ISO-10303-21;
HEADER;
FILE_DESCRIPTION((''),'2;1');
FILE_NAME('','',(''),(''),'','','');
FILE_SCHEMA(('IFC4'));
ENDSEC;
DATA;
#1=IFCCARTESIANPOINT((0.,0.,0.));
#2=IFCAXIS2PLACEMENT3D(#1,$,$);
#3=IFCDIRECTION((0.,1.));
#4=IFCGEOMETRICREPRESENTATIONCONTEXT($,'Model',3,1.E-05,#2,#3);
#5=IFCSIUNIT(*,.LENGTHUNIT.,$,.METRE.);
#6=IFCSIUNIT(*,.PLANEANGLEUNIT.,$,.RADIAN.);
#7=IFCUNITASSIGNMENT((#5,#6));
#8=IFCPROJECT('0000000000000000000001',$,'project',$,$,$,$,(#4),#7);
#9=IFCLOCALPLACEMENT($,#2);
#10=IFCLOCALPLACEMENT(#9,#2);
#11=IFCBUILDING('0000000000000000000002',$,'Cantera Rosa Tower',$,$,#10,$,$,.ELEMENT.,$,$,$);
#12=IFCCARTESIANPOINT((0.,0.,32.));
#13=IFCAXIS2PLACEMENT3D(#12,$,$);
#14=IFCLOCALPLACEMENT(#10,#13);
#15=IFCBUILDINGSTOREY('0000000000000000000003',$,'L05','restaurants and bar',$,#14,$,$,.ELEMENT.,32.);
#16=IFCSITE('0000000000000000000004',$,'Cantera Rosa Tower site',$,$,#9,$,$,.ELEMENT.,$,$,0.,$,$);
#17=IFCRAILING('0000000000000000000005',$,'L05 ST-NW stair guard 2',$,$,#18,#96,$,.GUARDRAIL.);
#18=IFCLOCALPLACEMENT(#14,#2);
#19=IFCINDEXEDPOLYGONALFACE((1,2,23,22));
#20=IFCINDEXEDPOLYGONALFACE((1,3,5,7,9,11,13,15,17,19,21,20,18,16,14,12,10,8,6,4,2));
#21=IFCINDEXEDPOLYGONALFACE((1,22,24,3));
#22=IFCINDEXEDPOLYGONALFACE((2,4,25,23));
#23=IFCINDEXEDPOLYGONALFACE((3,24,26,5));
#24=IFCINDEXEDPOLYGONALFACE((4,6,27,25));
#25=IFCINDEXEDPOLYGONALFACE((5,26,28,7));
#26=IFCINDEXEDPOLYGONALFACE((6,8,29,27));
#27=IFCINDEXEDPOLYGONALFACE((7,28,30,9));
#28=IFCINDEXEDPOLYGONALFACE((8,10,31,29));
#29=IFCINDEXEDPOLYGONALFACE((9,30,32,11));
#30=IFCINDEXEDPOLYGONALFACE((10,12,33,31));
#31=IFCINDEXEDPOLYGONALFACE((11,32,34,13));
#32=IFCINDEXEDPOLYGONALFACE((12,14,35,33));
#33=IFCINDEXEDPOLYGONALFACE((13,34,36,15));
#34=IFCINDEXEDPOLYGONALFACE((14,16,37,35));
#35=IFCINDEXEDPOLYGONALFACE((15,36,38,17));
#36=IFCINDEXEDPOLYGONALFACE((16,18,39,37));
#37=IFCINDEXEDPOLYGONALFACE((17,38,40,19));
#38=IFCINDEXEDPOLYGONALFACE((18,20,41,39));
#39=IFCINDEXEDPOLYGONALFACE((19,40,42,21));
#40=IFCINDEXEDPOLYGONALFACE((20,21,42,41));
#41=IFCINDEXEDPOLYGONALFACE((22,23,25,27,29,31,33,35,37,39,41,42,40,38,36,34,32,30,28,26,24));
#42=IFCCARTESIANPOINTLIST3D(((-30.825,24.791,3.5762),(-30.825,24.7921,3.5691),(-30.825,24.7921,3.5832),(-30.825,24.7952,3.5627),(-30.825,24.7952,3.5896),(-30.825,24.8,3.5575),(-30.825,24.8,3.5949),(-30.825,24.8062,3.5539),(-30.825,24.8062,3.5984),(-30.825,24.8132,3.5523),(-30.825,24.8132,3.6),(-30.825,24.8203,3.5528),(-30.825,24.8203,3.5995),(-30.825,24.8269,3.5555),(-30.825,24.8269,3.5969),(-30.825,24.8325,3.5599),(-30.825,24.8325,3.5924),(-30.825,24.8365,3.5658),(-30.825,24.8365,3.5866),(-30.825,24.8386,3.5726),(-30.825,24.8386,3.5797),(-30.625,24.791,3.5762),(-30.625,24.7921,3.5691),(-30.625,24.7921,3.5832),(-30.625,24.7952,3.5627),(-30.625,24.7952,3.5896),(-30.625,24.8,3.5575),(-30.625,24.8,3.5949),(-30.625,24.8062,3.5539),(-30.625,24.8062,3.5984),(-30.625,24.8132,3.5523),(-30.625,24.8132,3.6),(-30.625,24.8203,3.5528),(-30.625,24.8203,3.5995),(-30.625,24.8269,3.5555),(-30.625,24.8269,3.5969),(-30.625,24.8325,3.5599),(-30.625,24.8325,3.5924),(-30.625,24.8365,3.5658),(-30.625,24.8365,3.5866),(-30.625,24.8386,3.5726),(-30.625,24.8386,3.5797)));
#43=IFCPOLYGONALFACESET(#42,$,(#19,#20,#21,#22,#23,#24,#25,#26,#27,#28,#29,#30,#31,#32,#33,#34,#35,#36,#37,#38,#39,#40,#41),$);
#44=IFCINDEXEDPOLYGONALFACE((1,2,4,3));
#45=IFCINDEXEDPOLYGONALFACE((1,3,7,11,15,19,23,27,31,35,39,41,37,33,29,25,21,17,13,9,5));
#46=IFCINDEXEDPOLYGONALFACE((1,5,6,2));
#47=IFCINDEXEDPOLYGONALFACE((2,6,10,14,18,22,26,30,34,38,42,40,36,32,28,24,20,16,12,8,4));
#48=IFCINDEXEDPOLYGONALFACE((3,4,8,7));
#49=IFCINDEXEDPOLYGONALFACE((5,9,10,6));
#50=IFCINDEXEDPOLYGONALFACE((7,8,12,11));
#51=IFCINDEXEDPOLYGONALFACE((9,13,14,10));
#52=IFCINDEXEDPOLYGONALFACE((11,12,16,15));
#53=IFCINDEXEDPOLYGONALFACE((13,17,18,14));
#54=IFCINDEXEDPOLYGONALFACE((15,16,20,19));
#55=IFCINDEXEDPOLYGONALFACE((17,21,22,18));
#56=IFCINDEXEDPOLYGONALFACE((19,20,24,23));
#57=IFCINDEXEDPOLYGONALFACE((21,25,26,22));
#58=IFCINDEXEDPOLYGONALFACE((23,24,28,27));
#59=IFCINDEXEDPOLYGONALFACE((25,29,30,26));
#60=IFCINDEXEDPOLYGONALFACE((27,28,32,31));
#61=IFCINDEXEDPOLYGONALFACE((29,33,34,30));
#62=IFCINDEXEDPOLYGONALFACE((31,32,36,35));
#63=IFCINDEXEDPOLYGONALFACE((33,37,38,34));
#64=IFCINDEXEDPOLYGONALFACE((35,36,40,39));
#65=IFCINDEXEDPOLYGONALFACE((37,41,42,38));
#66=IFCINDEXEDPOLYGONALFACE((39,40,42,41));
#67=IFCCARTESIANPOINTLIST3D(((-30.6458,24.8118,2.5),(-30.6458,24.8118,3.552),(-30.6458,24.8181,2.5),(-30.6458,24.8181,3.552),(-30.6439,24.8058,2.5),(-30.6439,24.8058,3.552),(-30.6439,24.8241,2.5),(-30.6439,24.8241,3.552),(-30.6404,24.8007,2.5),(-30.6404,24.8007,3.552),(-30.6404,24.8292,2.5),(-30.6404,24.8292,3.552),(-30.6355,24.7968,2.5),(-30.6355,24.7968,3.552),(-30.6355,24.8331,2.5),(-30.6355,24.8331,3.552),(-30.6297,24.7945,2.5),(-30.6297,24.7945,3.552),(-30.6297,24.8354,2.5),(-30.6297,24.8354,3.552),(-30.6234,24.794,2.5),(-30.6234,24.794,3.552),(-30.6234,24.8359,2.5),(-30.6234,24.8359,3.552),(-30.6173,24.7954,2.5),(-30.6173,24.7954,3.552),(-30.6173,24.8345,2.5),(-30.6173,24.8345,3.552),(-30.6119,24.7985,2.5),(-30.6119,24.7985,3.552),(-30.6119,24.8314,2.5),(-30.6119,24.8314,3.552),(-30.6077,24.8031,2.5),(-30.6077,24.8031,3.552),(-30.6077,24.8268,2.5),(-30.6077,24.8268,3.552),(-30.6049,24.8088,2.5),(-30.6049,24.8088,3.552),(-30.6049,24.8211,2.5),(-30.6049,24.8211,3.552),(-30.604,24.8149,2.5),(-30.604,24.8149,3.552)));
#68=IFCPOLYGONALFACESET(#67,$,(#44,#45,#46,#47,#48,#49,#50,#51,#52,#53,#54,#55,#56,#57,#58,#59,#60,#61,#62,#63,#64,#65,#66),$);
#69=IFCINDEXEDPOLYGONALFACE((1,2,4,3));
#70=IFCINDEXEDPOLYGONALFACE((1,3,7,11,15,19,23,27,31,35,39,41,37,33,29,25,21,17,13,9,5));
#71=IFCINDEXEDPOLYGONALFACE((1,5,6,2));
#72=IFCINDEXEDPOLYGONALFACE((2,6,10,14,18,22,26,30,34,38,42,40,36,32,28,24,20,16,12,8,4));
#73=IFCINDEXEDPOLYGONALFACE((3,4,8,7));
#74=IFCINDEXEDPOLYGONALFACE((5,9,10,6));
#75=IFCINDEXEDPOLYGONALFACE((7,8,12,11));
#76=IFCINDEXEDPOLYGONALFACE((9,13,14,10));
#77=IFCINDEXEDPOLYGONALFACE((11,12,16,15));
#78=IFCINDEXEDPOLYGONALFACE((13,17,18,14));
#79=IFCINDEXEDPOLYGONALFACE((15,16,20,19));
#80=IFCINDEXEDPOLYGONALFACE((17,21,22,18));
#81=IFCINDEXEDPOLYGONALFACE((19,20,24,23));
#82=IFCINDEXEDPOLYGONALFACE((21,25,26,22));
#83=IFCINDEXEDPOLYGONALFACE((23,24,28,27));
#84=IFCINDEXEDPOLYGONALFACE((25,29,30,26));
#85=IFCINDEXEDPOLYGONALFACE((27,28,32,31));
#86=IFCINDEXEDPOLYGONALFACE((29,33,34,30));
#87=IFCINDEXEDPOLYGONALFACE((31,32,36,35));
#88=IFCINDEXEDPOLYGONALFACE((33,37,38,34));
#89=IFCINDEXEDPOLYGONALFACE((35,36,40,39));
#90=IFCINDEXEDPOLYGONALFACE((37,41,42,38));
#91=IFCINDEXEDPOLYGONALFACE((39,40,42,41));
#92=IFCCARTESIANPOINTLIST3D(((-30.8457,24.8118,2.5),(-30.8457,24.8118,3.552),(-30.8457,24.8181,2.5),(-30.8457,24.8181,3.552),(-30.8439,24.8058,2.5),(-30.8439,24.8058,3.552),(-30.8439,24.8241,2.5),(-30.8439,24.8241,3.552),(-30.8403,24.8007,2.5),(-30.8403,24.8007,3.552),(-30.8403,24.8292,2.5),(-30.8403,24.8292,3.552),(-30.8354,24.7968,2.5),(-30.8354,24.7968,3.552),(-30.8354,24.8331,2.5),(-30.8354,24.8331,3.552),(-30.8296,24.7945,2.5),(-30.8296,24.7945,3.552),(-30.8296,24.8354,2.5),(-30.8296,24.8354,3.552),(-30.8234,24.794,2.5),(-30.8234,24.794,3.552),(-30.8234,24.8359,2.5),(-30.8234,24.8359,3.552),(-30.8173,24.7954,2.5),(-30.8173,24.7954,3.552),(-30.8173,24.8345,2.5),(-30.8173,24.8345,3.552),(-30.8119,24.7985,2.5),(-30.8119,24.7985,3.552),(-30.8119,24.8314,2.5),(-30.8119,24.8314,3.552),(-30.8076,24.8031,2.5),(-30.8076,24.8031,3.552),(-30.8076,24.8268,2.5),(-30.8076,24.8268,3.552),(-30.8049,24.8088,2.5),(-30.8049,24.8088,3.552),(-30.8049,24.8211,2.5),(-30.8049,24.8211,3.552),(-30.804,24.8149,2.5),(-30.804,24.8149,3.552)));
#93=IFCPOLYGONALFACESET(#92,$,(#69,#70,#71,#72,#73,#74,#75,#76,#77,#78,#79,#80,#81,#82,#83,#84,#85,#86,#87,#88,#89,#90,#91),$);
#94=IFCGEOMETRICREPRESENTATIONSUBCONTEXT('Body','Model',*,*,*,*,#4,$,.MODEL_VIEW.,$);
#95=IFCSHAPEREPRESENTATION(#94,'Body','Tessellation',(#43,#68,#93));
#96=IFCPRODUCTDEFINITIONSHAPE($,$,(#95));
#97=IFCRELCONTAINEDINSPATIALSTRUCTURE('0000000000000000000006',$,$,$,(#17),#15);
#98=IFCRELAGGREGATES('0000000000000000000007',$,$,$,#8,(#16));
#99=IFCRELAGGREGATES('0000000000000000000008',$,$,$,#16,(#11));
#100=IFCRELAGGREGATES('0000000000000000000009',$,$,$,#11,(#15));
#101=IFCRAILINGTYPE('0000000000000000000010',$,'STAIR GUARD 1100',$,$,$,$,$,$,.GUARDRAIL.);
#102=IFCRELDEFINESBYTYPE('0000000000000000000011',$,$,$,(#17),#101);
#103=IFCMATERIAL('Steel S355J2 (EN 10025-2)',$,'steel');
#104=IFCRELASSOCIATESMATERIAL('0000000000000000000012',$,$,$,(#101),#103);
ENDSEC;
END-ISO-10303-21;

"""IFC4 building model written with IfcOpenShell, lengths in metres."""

from ifc_helpers import new_model, si_unit, direction, frame, origin, origin_2d, place, context, subcontext, project, spatial, circle, extrude, material, type_object, element, save


model = new_model("IFC4")

# Units and contexts
model_context = context("Model", 3, precision=1e-05, world=origin(), true_north=direction((0.0, 1.0)))
body_context = subcontext(model_context, "Body", "Model", "MODEL_VIEW")
ifc_project = project(units=[si_unit("LENGTHUNIT", "METRE"), si_unit("PLANEANGLEUNIT", "RADIAN")], contexts=[model_context])

# Site, building, storey
site_placement = place(None, origin())
site = spatial("IfcSite", under=ifc_project, at=site_placement, Name="Cantera Rosa Tower site", CompositionType="ELEMENT", RefElevation=0.0)
building_placement = place(site_placement, origin())
building = spatial("IfcBuilding", under=site, at=building_placement, Name="Cantera Rosa Tower", CompositionType="ELEMENT")
storey_placement = place(building_placement, frame((0.0, 0.0, 32.0)))
storey = spatial("IfcBuildingStorey", under=building, at=storey_placement, Name="L05", Description="restaurants and bar", CompositionType="ELEMENT", Elevation=32.0)

# Railing
ifc_material_1 = material(Name="Steel S355J2 (EN 10025-2)", Category="steel")
railing_type_1 = type_object("IfcRailingType", Name="STAIR GUARD 1100", PredefinedType="GUARDRAIL", material=ifc_material_1)
railing_1_placement = place(storey_placement, frame((-30.625, 24.8149, 2.5)))
element("IfcRailing", 1, at=railing_1_placement, inside=storey, type_object=railing_type_1, Name="L05 ST-NW stair guard 2", PredefinedType="GUARDRAIL", context=body_context, shape_type="SweptSolid", body=[
    extrude(circle(Radius=0.0239, at=origin_2d()), frame((0.0, 0.0, 1.0762), z_axis=(-1.0, 0.0, 0.0), x_axis=(0.0, -1.0, 0.0)), (0.0, 0.0, 1.0), 0.2),
    extrude(circle(Radius=0.021, at=origin_2d()), origin(), (0.0, 0.0, 1.0), 1.052),
    extrude(circle(Radius=0.021, at=origin_2d()), frame((-0.2, 0.0, 0.0)), (0.0, 0.0, 1.0), 1.052),
])

save(model, "model.ifc")
